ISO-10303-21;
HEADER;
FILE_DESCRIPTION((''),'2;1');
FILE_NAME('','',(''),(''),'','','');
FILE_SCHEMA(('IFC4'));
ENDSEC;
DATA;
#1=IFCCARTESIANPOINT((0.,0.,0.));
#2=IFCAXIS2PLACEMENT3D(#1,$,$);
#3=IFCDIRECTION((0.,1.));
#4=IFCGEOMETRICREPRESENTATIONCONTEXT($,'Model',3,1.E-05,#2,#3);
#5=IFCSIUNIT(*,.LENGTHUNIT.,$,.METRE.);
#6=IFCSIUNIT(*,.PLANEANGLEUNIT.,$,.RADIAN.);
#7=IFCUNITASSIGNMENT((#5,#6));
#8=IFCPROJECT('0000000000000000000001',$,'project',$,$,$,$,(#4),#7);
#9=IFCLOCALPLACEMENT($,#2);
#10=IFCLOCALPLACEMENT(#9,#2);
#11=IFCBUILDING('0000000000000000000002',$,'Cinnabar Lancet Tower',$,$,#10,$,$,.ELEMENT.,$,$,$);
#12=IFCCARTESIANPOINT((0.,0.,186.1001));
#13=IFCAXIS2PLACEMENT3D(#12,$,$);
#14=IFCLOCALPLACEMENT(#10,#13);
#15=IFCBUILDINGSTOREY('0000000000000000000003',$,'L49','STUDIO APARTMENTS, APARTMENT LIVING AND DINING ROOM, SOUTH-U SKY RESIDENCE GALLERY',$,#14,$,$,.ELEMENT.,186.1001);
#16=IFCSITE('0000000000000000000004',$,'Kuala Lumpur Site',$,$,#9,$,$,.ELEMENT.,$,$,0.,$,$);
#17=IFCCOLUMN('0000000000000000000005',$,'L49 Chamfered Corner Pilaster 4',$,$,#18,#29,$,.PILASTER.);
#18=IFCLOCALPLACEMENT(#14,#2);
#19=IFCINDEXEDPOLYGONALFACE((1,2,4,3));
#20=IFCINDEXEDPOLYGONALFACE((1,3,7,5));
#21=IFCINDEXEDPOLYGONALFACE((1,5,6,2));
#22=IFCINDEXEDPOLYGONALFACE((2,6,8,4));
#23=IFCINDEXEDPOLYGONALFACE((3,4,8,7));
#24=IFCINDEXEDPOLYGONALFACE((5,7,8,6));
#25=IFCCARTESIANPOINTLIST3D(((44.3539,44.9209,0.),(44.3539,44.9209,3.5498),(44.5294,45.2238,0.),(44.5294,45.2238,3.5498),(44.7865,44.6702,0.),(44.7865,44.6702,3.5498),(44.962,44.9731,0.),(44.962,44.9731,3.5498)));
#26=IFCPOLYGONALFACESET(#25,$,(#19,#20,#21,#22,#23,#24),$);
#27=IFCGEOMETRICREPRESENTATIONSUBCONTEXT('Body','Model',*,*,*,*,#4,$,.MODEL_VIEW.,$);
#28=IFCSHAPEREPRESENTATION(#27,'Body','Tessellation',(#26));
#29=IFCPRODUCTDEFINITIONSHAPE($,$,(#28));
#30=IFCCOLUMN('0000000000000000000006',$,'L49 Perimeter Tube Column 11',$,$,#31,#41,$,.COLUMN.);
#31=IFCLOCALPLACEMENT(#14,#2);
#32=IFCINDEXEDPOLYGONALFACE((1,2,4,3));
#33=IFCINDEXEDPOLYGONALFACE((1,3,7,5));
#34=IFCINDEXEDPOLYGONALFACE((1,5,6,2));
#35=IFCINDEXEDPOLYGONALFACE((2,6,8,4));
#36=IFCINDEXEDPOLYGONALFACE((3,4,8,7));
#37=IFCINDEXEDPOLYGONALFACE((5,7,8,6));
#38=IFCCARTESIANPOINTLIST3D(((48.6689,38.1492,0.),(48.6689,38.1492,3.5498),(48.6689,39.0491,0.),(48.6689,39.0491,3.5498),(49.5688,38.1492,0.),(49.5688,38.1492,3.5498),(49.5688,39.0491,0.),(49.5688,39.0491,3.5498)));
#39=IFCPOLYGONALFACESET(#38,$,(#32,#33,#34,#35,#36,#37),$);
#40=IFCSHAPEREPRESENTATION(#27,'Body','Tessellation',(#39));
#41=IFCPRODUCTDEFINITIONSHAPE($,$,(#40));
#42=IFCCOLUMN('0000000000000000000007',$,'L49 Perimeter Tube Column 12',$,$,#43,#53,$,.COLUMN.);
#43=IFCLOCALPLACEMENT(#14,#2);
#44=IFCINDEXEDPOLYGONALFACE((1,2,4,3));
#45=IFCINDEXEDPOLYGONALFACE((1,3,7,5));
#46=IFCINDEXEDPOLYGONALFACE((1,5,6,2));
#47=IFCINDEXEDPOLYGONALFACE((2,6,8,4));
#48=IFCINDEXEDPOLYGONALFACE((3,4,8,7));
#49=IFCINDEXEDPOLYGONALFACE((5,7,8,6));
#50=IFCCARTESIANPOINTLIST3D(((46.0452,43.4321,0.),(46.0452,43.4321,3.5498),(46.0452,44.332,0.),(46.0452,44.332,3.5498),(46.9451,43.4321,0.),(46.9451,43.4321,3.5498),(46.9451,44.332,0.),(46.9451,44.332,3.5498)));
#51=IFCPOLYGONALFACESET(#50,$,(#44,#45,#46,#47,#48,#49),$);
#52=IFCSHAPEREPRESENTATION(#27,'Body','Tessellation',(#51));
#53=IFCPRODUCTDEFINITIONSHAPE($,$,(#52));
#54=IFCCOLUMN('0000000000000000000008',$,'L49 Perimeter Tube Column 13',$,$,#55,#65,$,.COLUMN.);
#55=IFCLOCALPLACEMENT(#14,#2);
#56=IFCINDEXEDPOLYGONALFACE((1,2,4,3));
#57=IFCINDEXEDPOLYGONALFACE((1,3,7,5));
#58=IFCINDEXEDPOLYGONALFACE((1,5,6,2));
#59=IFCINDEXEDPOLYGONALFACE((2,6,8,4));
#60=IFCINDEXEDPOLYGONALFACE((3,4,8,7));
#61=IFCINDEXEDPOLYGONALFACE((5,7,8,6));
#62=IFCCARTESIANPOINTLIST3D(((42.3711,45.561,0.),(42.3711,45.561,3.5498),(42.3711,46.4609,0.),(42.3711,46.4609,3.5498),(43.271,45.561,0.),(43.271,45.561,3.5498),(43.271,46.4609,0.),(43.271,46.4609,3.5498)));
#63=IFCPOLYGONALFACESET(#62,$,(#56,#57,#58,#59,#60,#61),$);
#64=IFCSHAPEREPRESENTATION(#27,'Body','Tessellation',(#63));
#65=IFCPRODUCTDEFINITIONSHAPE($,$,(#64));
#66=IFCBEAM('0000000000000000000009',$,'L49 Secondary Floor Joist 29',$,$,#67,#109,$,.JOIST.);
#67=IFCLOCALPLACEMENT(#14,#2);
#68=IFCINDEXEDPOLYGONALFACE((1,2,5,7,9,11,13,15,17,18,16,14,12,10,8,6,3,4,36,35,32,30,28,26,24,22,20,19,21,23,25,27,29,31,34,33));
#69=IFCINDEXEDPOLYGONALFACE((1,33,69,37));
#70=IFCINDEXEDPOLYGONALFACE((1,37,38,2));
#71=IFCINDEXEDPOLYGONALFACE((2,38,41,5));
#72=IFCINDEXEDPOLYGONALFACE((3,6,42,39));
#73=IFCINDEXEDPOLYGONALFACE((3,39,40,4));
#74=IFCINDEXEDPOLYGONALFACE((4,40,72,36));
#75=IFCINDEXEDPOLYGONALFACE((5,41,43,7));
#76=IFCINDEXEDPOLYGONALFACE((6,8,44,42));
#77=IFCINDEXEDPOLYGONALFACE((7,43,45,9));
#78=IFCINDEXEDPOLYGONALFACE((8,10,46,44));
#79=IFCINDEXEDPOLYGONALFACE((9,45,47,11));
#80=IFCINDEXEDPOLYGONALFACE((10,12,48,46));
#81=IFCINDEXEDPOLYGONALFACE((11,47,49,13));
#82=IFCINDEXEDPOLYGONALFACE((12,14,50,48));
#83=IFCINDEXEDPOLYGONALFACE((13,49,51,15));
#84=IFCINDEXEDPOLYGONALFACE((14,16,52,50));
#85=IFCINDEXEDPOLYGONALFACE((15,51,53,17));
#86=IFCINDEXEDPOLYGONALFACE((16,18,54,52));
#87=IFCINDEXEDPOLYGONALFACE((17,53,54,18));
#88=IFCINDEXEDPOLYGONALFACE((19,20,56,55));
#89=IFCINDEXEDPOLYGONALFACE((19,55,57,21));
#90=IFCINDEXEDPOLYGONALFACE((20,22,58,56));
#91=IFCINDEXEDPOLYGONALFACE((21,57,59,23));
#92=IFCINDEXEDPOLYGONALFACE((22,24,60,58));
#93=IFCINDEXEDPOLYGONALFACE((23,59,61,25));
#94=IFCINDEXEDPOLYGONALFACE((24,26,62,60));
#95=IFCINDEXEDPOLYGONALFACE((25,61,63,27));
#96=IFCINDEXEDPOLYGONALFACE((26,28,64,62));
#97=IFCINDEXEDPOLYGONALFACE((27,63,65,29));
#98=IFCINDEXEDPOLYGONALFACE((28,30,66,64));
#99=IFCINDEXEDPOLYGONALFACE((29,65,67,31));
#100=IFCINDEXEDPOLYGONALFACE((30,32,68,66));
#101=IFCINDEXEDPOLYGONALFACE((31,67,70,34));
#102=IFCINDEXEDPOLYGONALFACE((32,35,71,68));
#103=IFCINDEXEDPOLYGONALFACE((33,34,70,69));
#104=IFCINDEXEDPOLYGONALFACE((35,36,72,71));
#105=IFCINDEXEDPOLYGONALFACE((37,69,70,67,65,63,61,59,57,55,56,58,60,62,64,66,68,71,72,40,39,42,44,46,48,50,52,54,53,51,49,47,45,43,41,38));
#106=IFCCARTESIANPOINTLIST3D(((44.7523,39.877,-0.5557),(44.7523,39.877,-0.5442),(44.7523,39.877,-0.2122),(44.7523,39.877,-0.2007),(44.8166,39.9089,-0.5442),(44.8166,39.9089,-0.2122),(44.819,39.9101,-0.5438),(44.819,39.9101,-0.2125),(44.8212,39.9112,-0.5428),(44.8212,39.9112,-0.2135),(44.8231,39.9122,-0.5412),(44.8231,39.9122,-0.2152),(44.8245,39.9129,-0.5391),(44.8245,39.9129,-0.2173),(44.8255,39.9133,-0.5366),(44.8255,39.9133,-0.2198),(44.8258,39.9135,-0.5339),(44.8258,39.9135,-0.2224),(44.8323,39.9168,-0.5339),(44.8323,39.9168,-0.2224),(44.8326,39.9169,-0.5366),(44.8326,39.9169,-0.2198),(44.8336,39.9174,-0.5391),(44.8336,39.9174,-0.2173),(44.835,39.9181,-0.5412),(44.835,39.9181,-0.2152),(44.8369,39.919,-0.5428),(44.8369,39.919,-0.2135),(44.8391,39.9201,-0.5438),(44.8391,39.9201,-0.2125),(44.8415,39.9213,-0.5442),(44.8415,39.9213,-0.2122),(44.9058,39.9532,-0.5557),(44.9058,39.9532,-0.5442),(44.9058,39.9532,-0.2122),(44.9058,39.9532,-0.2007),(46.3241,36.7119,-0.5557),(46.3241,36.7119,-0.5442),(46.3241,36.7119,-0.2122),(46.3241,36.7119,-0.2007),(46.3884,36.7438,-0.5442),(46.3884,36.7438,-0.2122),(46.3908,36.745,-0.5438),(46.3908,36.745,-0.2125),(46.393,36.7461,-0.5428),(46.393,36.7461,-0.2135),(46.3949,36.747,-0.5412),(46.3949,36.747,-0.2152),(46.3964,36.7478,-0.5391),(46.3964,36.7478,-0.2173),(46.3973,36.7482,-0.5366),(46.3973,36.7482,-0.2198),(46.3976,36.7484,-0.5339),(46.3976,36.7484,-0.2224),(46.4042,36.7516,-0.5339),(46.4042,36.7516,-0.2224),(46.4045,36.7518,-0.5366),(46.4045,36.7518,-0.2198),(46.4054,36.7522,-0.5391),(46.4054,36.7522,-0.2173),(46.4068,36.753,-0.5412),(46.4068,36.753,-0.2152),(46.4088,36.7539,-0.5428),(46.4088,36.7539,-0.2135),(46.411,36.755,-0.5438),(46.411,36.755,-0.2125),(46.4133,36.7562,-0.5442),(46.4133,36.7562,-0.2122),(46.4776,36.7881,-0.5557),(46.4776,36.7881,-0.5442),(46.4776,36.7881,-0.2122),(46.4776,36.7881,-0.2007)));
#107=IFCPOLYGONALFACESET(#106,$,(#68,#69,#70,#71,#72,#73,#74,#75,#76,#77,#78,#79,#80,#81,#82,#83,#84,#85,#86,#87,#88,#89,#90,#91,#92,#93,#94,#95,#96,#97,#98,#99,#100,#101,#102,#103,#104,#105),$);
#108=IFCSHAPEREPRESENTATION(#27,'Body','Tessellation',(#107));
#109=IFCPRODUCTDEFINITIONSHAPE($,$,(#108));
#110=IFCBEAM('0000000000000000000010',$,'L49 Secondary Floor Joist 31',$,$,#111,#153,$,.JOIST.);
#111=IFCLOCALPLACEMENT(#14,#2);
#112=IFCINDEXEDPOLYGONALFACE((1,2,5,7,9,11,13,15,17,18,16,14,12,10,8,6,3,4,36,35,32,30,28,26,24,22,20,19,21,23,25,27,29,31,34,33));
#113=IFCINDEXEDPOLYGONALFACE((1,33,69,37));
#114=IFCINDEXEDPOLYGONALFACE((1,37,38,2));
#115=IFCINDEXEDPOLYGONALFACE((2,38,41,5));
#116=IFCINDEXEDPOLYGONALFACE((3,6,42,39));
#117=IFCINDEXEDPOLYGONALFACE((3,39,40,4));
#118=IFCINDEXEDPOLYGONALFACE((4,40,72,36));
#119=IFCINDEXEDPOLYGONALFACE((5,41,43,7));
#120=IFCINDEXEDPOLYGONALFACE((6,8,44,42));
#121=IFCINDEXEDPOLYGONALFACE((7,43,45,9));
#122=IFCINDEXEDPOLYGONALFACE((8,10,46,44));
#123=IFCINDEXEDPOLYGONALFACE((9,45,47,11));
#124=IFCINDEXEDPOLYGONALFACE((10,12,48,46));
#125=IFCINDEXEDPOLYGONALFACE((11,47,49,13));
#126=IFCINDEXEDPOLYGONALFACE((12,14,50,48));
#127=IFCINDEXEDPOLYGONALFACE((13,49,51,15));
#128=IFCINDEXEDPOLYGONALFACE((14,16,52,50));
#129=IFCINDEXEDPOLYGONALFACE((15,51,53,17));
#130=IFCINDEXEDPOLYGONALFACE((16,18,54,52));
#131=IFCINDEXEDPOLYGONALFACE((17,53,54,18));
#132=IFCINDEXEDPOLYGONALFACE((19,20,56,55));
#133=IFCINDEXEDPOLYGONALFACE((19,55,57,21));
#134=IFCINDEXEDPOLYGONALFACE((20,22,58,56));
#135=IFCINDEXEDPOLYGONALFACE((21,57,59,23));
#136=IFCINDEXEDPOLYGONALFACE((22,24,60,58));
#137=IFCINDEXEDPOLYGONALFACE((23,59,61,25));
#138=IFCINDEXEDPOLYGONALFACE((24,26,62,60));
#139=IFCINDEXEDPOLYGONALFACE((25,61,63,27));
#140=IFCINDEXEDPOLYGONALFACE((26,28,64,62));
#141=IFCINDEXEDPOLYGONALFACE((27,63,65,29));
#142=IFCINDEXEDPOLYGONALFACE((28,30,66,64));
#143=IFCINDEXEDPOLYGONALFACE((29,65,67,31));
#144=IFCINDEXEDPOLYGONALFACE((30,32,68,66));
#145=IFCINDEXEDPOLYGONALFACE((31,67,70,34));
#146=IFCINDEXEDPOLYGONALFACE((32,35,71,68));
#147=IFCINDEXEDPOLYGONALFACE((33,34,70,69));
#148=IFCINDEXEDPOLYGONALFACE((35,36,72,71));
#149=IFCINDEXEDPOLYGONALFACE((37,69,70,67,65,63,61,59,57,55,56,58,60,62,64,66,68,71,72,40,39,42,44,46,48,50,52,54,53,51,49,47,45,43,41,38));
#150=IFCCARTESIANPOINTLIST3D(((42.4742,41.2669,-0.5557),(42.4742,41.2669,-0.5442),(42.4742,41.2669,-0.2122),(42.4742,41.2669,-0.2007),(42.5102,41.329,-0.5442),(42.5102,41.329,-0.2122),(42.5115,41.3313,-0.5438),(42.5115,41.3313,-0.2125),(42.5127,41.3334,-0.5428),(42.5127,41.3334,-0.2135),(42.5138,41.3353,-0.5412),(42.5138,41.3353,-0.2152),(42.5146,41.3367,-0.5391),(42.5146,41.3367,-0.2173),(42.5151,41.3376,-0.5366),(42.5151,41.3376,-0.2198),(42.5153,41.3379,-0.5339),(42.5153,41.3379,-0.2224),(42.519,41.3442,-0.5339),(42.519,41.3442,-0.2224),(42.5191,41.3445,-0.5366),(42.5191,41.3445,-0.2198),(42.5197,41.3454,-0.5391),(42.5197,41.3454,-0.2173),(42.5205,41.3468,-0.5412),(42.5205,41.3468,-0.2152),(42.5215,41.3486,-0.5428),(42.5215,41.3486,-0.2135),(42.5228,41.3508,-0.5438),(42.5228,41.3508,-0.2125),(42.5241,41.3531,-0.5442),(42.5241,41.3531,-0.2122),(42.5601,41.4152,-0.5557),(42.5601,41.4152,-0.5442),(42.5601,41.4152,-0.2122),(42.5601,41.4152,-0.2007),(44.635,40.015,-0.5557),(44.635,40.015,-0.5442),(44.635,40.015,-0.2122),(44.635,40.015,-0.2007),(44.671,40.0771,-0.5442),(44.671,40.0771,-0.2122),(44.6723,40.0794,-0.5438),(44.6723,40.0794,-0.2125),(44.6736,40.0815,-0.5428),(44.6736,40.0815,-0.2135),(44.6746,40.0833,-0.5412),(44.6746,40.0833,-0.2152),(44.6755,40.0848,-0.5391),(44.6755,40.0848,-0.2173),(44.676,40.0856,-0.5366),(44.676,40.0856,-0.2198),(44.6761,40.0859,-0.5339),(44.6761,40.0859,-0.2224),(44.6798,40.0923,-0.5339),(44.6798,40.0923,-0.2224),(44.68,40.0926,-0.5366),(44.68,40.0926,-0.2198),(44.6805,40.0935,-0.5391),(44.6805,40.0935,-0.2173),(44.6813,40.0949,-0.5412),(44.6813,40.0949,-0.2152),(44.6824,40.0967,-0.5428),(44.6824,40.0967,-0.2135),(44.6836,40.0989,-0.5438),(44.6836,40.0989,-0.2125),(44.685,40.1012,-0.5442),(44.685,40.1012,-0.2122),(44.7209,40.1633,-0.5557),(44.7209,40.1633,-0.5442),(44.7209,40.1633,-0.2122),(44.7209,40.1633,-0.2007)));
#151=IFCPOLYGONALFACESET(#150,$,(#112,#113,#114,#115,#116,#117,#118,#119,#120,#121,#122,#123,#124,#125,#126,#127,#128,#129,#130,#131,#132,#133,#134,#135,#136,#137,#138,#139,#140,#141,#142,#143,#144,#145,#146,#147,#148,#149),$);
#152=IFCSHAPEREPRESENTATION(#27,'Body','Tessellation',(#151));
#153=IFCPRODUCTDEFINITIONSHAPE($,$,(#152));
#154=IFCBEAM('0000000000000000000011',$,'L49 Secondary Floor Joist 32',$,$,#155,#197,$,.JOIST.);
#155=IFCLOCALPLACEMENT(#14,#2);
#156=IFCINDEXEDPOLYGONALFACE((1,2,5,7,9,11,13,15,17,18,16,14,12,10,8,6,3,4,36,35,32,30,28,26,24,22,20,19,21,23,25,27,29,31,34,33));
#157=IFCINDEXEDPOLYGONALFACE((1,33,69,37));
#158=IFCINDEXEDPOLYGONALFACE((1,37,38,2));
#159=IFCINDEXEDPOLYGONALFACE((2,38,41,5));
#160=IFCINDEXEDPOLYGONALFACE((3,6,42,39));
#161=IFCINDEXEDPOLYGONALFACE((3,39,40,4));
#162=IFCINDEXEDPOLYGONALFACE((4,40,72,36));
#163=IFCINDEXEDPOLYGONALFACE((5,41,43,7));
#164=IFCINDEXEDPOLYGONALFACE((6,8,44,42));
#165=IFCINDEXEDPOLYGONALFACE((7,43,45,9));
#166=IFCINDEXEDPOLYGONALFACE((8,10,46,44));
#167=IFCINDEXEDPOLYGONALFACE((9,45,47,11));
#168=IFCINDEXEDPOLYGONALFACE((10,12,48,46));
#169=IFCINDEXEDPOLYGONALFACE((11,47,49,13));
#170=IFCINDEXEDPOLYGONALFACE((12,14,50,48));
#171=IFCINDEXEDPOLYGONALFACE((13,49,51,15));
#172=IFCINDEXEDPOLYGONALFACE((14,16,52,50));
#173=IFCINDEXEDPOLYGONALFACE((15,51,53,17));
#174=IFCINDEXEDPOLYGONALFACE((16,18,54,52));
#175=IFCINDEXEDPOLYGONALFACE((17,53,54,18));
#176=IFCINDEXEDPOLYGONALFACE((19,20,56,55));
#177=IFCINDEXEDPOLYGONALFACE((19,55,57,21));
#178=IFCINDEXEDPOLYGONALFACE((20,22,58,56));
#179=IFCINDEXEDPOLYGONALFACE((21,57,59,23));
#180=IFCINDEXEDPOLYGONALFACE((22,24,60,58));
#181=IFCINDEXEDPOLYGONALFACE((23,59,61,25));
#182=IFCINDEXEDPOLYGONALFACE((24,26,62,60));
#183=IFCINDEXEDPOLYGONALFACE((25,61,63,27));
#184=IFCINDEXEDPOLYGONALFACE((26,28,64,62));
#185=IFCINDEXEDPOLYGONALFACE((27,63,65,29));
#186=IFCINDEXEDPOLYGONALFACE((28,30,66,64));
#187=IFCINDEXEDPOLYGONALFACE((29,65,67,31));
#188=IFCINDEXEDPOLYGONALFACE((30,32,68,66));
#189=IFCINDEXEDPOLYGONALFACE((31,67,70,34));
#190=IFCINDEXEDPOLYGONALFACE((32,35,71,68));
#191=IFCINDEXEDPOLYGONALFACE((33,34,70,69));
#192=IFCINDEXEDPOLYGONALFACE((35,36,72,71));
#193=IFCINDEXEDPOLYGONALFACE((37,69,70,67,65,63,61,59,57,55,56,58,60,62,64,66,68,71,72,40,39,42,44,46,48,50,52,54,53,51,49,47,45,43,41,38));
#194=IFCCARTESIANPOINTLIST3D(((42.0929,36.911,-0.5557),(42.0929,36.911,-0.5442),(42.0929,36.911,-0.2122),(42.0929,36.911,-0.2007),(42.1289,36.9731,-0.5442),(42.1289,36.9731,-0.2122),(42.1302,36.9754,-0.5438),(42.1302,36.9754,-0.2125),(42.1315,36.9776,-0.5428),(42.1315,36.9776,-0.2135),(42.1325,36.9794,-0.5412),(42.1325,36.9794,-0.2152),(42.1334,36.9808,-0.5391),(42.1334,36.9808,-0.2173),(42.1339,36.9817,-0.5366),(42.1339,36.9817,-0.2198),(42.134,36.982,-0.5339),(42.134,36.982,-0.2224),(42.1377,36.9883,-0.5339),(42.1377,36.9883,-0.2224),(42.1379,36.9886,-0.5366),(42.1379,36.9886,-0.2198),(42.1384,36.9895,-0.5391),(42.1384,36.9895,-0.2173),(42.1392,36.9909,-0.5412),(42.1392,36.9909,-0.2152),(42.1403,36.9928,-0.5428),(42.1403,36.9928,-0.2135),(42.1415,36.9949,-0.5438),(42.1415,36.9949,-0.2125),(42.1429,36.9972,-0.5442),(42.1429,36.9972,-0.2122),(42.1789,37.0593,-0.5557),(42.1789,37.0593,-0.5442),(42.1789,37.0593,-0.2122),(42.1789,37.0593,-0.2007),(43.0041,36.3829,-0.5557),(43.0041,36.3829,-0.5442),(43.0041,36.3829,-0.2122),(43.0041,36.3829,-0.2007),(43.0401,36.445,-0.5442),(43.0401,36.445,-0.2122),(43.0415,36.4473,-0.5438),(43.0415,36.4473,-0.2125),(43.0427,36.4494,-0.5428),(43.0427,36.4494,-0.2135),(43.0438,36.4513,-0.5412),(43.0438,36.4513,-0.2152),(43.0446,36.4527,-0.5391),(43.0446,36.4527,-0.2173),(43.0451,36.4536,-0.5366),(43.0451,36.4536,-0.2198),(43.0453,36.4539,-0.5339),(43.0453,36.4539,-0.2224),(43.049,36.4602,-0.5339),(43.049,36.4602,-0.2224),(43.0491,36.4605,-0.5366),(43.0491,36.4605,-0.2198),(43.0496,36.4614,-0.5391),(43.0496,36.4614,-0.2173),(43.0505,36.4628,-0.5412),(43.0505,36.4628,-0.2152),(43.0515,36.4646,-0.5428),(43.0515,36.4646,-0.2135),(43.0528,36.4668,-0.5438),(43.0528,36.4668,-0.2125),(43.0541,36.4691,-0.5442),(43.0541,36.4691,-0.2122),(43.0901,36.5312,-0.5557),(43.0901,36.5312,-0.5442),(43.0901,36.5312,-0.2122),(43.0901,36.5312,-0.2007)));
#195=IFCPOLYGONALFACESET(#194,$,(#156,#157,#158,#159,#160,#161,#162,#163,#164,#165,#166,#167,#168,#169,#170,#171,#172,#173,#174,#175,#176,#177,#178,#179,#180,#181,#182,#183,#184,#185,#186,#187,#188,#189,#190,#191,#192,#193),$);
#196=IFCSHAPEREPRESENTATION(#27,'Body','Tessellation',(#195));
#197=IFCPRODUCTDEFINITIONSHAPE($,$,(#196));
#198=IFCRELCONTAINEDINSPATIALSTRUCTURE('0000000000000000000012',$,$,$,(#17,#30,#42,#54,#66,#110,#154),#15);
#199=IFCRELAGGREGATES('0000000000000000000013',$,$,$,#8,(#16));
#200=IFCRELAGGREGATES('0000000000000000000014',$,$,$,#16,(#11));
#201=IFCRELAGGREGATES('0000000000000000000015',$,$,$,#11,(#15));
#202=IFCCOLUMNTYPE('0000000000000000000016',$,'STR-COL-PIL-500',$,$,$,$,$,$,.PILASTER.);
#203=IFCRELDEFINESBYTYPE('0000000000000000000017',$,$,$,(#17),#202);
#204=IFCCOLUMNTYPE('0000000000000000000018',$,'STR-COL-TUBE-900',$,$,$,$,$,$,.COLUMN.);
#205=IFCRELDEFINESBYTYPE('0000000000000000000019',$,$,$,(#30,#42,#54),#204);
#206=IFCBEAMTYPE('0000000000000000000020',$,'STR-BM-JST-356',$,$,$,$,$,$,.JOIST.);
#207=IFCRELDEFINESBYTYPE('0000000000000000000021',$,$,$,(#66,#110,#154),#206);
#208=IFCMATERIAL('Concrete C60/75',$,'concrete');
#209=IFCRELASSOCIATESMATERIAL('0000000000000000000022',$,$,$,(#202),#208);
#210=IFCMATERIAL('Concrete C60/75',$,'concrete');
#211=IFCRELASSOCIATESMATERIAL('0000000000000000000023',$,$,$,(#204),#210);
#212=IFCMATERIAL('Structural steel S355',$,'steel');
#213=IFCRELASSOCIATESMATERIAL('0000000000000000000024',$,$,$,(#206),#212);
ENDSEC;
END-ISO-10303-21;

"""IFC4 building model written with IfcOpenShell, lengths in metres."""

from ifc_helpers import new_model, si_unit, direction, frame, origin, origin_2d, place, context, subcontext, project, spatial, rectangle, i_section, extrude, material, material_profile, profile_set, type_object, element, save


model = new_model("IFC4")

# Units and contexts
model_context = context("Model", 3, precision=1e-05, world=origin(), true_north=direction((0.0, 1.0)))
body_context = subcontext(model_context, "Body", "Model", "MODEL_VIEW")
ifc_project = project(units=[si_unit("LENGTHUNIT", "METRE"), si_unit("PLANEANGLEUNIT", "RADIAN")], contexts=[model_context])

# Site, building, storey
site_placement = place(None, origin())
site = spatial("IfcSite", under=ifc_project, at=site_placement, Name="Kuala Lumpur Site", CompositionType="ELEMENT", RefElevation=0.0)
building_placement = place(site_placement, origin())
building = spatial("IfcBuilding", under=site, at=building_placement, Name="Cinnabar Lancet Tower", CompositionType="ELEMENT")
storey_placement = place(building_placement, frame((0.0, 0.0, 186.1001)))
storey = spatial("IfcBuildingStorey", under=building, at=storey_placement, Name="L49", Description="STUDIO APARTMENTS, APARTMENT LIVING AND DINING ROOM, SOUTH-U SKY RESIDENCE GALLERY", CompositionType="ELEMENT", Elevation=186.1001)

# Columns
ifc_material_1 = material(Name="Concrete C60/75", Category="concrete")
ifc_material_profile_1 = material_profile(ifc_material_1, rectangle(XDim=0.5, YDim=0.3501, at=origin_2d()), Name="RC-PIL 500x350")
ifc_profile_set_1 = profile_set([ifc_material_profile_1], Name="Concrete C60/75")
column_type_1 = type_object("IfcColumnType", Name="STR-COL-PIL-500", PredefinedType="PILASTER", material=ifc_profile_set_1)
column_placement = place(storey_placement, frame((44.658, 44.947, 0.0), z_axis=(0.0, 0.0, 1.0), x_axis=(-0.86523, 0.501375, 0.0)))
element("IfcColumn", 1, at=column_placement, inside=storey, type_object=column_type_1, Name="L49 Chamfered Corner Pilaster 4", PredefinedType="PILASTER", context=body_context, shape_type="SweptSolid", body=[
    extrude(rectangle(XDim=0.5, YDim=0.3501, at=origin_2d()), origin(), (0.0, 0.0, 1.0), 3.5498),
])
ifc_material_2 = material(Name="Concrete C60/75", Category="concrete")
ifc_material_profile_2 = material_profile(ifc_material_2, rectangle(XDim=0.8999, YDim=0.8999, at=origin_2d()), Name="RC-COL 900x900")
ifc_profile_set_2 = profile_set([ifc_material_profile_2], Name="Concrete C60/75")
column_type_2 = type_object("IfcColumnType", Name="STR-COL-TUBE-900", PredefinedType="COLUMN", material=ifc_profile_set_2)
for number, where, z_axis, x_axis, name in (
    (2, (49.1189, 38.5991, 0.0), (0.0, 0.0, 1.0), (1.0, 0.0, 0.0), "L49 Perimeter Tube Column 11"),
    (3, (46.4951, 43.8821, 0.0), (0.0, 0.0, 1.0), (1.0, 0.0, 0.0), "L49 Perimeter Tube Column 12"),
    (4, (42.821, 46.011, 0.0), (0.0, 0.0, 1.0), (1.0, 0.0, 0.0), "L49 Perimeter Tube Column 13"),
):
    element("IfcColumn", number, at=place(storey_placement, frame(where, z_axis=z_axis, x_axis=x_axis)), inside=storey, type_object=column_type_2, Name=name, PredefinedType="COLUMN", context=body_context, shape_type="SweptSolid", body=[
        extrude(rectangle(XDim=0.8999, YDim=0.8999, at=origin_2d()), origin(), (0.0, 0.0, 1.0), 3.5498),
    ])

# Beams
ifc_material_3 = material(Name="Structural steel S355", Category="steel")
ifc_material_profile_3 = material_profile(ifc_material_3, i_section(OverallWidth=0.1714, OverallDepth=0.355, WebThickness=0.0073, FlangeThickness=0.0115, FilletRadius=0.0103, at=origin_2d()), Name="UKB 356x171x51")
ifc_profile_set_3 = profile_set([ifc_material_profile_3], Name="Structural steel S355")
beam_type_1 = type_object("IfcBeamType", Name="STR-BM-JST-356", PredefinedType="JOIST", material=ifc_profile_set_3)
beam_1_placement = place(storey_placement, frame((46.4009, 36.75, -0.3782), z_axis=(-0.44478, 0.89564, 0.0), x_axis=(-0.89564, -0.44478, 0.0)))
element("IfcBeam", 5, at=beam_1_placement, inside=storey, type_object=beam_type_1, Name="L49 Secondary Floor Joist 29", PredefinedType="JOIST", context=body_context, shape_type="SweptSolid", body=[
    extrude(i_section(OverallWidth=0.1714, OverallDepth=0.355, WebThickness=0.0073, FlangeThickness=0.0115, FilletRadius=0.0103, at=origin_2d()), origin(), (0.0, 0.0, 1.0), 3.5339),
])
beam_2_placement = place(storey_placement, frame((44.678, 40.0891, -0.3782), z_axis=(-0.865268, 0.50131, 0.0), x_axis=(-0.50131, -0.865268, 0.0)))
element("IfcBeam", 6, at=beam_2_placement, inside=storey, type_object=beam_type_1, Name="L49 Secondary Floor Joist 31", PredefinedType="JOIST", context=body_context, shape_type="SweptSolid", body=[
    extrude(i_section(OverallWidth=0.1714, OverallDepth=0.355, WebThickness=0.0073, FlangeThickness=0.0115, FilletRadius=0.0103, at=origin_2d()), origin(), (0.0, 0.0, 1.0), 2.4973),
])
beam_3_placement = place(storey_placement, frame((43.0471, 36.457, -0.3782), z_axis=(-0.865188, 0.501447, 0.0), x_axis=(-0.501447, -0.865188, 0.0)))
element("IfcBeam", 7, at=beam_3_placement, inside=storey, type_object=beam_type_1, Name="L49 Secondary Floor Joist 32", PredefinedType="JOIST", context=body_context, shape_type="SweptSolid", body=[
    extrude(i_section(OverallWidth=0.1714, OverallDepth=0.355, WebThickness=0.0073, FlangeThickness=0.0115, FilletRadius=0.0103, at=origin_2d()), origin(), (0.0, 0.0, 1.0), 1.0532),
])

save(model, "model.ifc")
